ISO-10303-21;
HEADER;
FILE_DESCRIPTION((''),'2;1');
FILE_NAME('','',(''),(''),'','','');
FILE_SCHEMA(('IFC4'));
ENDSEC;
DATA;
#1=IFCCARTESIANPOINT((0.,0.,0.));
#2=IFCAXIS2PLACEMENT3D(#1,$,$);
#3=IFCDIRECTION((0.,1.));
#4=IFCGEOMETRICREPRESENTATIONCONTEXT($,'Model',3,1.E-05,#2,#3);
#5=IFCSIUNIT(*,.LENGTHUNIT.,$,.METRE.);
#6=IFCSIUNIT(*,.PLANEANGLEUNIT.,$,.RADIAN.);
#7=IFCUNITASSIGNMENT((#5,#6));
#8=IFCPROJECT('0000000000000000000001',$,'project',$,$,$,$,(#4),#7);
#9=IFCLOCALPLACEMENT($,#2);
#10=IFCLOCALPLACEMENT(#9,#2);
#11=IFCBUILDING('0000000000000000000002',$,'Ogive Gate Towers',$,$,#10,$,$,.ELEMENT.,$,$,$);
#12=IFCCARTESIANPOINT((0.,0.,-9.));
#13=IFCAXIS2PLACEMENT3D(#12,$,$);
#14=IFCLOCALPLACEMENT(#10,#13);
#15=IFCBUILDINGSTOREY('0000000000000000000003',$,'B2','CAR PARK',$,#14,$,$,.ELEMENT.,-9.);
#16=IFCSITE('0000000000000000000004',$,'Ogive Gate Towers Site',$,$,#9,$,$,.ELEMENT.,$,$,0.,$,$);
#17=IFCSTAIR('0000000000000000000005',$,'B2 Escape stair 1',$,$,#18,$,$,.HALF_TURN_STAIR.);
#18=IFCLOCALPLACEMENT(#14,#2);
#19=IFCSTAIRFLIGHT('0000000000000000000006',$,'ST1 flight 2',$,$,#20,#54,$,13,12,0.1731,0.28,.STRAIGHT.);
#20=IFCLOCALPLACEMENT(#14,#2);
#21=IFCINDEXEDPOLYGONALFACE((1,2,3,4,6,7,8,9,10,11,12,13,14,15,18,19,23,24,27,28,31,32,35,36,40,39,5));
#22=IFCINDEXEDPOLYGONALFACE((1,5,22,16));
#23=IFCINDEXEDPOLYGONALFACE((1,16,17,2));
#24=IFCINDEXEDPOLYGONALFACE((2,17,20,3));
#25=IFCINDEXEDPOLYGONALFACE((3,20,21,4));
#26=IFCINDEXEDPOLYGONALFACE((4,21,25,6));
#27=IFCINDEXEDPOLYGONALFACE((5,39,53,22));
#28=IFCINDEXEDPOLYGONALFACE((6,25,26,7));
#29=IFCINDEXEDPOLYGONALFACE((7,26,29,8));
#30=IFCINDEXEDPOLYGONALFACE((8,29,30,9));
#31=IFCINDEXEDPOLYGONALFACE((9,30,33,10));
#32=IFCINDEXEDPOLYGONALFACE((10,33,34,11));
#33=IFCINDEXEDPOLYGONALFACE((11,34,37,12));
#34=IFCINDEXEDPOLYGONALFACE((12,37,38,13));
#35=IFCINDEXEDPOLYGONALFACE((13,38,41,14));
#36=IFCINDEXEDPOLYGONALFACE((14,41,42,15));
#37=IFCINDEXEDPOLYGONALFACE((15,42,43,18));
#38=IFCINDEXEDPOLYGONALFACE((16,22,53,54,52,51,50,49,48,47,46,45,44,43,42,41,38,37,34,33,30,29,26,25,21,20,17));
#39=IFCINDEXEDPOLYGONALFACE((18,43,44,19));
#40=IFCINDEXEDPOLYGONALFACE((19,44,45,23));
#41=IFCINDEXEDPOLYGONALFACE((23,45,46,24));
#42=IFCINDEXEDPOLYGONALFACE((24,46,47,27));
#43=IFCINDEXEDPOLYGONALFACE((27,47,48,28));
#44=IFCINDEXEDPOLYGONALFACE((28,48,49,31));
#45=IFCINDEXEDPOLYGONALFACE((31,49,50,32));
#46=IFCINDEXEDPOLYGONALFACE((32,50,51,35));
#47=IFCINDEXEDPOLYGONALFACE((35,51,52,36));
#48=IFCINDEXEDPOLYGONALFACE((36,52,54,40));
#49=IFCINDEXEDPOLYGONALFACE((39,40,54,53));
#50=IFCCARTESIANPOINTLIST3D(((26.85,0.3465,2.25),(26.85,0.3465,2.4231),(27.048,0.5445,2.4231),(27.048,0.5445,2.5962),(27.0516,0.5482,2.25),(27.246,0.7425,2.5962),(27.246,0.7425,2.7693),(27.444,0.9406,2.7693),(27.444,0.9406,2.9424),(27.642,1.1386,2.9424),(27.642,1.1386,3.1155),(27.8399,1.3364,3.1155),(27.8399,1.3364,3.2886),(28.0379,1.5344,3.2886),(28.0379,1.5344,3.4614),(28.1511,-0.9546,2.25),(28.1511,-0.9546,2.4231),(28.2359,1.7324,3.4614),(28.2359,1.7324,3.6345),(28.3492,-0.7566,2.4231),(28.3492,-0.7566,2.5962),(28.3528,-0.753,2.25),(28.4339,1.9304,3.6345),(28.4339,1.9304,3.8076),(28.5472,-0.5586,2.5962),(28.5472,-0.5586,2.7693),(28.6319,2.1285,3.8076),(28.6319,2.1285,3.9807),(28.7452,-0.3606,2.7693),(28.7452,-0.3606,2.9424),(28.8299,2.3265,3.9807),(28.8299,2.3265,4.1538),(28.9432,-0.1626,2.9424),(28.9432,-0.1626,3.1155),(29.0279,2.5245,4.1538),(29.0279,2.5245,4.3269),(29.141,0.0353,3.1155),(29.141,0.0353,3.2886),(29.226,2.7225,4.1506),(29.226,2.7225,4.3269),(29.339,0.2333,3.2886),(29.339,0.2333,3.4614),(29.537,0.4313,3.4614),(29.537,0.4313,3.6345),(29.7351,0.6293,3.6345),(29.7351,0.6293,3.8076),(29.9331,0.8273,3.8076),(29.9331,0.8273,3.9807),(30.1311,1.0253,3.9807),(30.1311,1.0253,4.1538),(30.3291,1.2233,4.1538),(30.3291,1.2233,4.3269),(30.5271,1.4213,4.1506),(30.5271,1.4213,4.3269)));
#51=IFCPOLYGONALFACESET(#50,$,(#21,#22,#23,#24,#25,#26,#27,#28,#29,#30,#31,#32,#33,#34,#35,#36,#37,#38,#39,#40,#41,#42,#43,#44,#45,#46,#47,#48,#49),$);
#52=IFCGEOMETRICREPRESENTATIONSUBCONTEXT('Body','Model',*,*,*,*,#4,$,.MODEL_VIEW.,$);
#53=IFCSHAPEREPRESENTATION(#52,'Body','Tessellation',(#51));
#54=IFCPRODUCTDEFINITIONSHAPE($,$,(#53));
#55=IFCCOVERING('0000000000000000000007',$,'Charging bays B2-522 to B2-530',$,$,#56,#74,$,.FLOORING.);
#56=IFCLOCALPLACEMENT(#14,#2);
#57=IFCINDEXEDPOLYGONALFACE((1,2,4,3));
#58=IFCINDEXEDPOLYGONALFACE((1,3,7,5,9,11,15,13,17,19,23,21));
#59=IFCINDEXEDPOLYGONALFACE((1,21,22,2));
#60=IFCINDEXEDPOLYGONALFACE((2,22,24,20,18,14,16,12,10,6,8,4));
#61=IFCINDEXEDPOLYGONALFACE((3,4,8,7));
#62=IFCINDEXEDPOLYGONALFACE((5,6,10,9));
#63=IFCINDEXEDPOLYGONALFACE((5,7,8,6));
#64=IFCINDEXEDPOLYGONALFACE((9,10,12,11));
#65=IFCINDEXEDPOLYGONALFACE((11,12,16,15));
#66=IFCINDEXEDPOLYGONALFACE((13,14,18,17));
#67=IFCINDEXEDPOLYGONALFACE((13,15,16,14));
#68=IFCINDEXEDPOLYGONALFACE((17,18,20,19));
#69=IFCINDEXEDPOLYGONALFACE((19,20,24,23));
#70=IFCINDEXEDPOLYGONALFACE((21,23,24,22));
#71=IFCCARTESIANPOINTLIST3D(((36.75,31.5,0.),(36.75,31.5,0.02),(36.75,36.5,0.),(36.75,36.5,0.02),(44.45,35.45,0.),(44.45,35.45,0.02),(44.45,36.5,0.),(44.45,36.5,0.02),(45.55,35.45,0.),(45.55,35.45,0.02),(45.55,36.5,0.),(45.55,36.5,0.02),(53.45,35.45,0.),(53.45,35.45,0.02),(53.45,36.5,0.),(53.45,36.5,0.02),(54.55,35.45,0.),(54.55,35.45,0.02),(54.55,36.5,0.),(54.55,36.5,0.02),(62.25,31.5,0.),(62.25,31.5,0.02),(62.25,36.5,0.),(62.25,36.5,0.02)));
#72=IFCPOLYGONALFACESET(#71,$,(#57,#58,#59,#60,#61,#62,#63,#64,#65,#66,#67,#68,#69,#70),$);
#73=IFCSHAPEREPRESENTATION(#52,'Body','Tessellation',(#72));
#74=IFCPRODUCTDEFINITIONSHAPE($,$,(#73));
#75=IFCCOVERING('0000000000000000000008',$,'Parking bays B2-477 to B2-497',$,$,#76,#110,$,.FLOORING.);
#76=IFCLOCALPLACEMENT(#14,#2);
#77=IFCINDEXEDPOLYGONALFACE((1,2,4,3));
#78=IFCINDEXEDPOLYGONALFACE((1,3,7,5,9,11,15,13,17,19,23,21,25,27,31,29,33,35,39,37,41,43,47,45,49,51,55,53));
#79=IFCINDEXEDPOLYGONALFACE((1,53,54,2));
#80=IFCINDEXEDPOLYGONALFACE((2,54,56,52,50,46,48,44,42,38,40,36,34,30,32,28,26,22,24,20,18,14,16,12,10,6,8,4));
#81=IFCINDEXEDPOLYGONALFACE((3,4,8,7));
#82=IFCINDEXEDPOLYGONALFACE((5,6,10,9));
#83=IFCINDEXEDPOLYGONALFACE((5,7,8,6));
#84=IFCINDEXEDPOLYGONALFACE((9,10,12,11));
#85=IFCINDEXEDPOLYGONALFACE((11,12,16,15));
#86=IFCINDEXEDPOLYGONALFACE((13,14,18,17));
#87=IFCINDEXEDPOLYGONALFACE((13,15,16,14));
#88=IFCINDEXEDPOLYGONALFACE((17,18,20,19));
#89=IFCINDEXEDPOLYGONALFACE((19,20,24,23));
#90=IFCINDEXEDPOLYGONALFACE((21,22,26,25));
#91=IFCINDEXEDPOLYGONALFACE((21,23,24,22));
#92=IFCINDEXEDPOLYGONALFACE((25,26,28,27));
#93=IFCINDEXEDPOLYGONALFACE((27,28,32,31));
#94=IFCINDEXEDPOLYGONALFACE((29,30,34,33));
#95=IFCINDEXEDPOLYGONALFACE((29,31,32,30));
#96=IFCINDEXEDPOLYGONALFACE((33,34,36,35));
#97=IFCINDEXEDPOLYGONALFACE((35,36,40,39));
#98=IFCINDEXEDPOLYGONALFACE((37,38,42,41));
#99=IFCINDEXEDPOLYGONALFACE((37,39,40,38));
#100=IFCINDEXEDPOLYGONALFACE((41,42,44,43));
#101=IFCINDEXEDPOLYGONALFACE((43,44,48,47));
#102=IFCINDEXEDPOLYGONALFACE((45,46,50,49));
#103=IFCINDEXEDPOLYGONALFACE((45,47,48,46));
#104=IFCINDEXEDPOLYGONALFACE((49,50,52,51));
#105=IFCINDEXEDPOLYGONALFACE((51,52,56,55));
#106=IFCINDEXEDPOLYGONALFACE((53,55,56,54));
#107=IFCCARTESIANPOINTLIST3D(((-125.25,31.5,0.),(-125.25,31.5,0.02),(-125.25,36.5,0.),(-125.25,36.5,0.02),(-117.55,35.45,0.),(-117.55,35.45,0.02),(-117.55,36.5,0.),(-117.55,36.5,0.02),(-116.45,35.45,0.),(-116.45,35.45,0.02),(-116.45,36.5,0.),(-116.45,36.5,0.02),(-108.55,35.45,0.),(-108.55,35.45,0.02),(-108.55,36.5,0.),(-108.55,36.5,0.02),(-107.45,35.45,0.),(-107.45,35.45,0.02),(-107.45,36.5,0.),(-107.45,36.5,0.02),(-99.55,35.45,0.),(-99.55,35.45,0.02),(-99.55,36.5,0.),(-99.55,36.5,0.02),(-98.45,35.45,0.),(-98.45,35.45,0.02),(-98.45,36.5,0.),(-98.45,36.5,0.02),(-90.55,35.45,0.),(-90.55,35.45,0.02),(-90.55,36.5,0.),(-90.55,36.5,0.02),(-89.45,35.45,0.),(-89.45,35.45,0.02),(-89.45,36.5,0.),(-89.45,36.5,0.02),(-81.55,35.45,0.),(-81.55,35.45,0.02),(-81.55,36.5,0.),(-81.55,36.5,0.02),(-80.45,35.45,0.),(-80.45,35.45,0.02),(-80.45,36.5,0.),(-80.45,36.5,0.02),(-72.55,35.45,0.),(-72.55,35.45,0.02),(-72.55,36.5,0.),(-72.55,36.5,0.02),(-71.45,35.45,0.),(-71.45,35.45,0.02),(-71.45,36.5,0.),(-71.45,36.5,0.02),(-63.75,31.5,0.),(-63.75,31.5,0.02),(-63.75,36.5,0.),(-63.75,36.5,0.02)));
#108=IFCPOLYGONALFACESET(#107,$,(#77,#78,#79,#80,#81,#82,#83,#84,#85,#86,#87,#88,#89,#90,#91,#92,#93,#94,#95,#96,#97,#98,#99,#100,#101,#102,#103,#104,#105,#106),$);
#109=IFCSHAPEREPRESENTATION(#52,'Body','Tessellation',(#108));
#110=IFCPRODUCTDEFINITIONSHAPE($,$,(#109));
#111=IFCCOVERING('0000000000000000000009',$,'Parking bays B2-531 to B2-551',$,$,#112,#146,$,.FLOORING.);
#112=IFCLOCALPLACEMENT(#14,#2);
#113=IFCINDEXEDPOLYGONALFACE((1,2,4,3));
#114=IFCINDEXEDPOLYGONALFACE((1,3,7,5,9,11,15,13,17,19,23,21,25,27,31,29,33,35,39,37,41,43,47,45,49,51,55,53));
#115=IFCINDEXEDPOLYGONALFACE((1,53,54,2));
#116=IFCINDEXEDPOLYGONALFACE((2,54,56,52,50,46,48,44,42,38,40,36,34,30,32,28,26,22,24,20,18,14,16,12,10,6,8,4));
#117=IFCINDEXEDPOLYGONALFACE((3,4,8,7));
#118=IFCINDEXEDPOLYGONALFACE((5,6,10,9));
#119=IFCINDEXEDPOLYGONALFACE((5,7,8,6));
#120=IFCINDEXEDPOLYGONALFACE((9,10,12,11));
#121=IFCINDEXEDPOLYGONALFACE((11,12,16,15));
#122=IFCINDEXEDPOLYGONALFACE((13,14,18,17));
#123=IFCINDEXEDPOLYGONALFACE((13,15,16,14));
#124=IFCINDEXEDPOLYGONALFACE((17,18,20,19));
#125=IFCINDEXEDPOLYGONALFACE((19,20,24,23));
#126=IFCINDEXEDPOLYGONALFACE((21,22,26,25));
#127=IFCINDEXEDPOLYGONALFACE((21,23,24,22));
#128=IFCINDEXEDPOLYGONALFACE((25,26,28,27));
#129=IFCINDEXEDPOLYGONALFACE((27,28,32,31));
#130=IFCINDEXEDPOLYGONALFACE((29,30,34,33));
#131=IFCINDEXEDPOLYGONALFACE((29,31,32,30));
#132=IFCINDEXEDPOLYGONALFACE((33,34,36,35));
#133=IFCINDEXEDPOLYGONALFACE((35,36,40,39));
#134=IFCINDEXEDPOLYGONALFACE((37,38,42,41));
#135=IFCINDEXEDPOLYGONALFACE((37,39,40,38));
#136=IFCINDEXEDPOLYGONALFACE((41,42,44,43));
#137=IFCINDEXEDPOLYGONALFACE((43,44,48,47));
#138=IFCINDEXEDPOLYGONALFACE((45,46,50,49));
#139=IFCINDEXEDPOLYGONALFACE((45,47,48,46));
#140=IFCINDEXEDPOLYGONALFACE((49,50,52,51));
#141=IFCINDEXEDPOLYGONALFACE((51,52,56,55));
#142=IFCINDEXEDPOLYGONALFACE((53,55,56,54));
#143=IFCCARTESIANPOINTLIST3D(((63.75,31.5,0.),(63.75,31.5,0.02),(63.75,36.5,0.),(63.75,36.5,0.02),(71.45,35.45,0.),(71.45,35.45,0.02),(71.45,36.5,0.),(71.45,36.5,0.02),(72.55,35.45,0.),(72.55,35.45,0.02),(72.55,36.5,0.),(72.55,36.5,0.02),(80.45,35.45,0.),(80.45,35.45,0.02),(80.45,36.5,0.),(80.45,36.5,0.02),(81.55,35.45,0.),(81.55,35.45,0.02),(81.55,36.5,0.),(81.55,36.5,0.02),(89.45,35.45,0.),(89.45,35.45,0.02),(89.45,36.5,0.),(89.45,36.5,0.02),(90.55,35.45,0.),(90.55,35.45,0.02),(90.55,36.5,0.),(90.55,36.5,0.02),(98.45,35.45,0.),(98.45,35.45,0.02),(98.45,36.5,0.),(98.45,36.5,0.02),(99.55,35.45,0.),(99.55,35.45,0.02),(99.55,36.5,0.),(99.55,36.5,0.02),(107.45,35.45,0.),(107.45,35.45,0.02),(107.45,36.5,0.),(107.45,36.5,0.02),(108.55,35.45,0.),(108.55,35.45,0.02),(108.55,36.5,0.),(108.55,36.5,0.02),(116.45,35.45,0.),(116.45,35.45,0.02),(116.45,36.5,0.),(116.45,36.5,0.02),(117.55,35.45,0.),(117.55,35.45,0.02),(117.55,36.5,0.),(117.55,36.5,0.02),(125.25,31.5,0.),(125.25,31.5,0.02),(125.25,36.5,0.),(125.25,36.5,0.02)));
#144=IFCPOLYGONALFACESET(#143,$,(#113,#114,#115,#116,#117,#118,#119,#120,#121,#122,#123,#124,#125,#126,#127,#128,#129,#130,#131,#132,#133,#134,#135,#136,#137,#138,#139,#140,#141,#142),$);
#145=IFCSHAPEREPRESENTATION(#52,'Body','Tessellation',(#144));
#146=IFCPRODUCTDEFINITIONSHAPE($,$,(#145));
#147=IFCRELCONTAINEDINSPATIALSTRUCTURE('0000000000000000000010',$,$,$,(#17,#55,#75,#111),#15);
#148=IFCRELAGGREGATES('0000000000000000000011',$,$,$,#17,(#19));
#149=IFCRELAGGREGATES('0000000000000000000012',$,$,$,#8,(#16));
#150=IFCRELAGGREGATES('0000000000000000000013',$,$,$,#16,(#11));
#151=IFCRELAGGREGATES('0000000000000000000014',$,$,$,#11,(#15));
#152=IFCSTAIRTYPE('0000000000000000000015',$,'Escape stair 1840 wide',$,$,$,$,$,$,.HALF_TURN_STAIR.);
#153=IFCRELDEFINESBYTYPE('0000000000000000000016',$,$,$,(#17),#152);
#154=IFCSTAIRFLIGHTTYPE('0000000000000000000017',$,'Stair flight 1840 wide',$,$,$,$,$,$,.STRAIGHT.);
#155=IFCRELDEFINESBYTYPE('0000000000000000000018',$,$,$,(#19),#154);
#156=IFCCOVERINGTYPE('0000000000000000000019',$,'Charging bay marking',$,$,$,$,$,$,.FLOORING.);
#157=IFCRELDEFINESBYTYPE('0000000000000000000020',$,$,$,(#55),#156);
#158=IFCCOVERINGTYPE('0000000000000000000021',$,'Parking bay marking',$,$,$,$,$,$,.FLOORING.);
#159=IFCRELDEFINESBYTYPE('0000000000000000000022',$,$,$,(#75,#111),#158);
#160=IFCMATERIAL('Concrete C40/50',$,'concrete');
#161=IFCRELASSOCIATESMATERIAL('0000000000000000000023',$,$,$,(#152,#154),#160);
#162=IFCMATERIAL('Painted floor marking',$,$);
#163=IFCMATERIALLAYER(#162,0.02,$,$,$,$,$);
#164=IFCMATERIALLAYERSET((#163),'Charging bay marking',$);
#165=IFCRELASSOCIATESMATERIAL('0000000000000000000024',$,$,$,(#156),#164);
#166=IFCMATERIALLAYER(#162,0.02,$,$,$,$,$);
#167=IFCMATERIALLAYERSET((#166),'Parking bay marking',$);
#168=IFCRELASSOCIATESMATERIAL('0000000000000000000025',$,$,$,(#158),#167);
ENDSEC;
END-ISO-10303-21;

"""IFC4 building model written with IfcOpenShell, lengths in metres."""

from ifc_helpers import new_model, si_unit, direction, frame, origin, place, context, subcontext, project, spatial, polyline, outline, extrude, material, layer, layer_set, type_object, element, aggregate, save


model = new_model("IFC4")

# Units and contexts
model_context = context("Model", 3, precision=1e-05, world=origin(), true_north=direction((0.0, 1.0)))
body_context = subcontext(model_context, "Body", "Model", "MODEL_VIEW")
ifc_project = project(units=[si_unit("LENGTHUNIT", "METRE"), si_unit("PLANEANGLEUNIT", "RADIAN")], contexts=[model_context])

# Site, building, storey
site_placement = place(None, origin())
site = spatial("IfcSite", under=ifc_project, at=site_placement, Name="Ogive Gate Towers Site", CompositionType="ELEMENT", RefElevation=0.0)
building_placement = place(site_placement, origin())
building = spatial("IfcBuilding", under=site, at=building_placement, Name="Ogive Gate Towers", CompositionType="ELEMENT")
storey_placement = place(building_placement, frame((0.0, 0.0, -9.0)))
storey = spatial("IfcBuildingStorey", under=building, at=storey_placement, Name="B2", Description="CAR PARK", CompositionType="ELEMENT", Elevation=-9.0)

# Shared definitions
ifc_material_1 = material(Name="Concrete C40/50", Category="concrete")

# Stair, stair flight
stair_type = type_object("IfcStairType", Name="Escape stair 1840 wide", PredefinedType="HALF_TURN_STAIR", material=ifc_material_1)
stair_placement = place(storey_placement, origin())
stair = element("IfcStair", 1, at=stair_placement, inside=storey, type_object=stair_type, Name="B2 Escape stair 1", PredefinedType="HALF_TURN_STAIR")
stair_flight_type = type_object("IfcStairFlightType", Name="Stair flight 1840 wide", PredefinedType="STRAIGHT", material=ifc_material_1)
stair_flight_placement = place(storey_placement, frame((27.5005, -0.304, 2.25), z_axis=(0.0, 0.0, 1.0), x_axis=(0.707107, 0.707107, 0.0)))
stair_flight = element("IfcStairFlight", 2, at=stair_flight_placement, type_object=stair_flight_type, Name="ST1 flight 2", NumberOfRisers=13, NumberOfTreads=12, PredefinedType="STRAIGHT", RiserHeight=0.1731, TreadLength=0.28, context=body_context, shape_type="SweptSolid", body=[
    extrude(outline(polyline([(0.0, 0.0), (0.0, 0.1731), (0.28, 0.1731), (0.28, 0.3462), (0.5601, 0.3462), (0.5601, 0.5193), (0.8401, 0.5193), (0.8401, 0.6924), (1.1201, 0.6924), (1.1201, 0.8655), (1.3999, 0.8655), (1.3999, 1.0386), (1.6799, 1.0386), (1.6799, 1.2114), (1.96, 1.2114), (1.96, 1.3845), (2.24, 1.3845), (2.24, 1.5576), (2.52, 1.5576), (2.52, 1.7307), (2.8, 1.7307), (2.8, 1.9038), (3.0801, 1.9038), (3.0801, 2.0769), (3.3601, 2.0769), (3.3601, 2.25), (3.3601, 1.9006), (0.2852, 0.0), (0.0, 0.0)])), frame((0.0, 0.9199, 0.0), z_axis=(0.0, -1.0, 0.0), x_axis=(1.0, 0.0, 0.0)), (0.0, 0.0, 1.0), 1.8401),
])
aggregate(stair, [stair_flight])

# Coverings
ifc_material_2 = material(Name="Painted floor marking")
ifc_layer_1 = layer(ifc_material_2, 0.02)
ifc_layer_set_1 = layer_set([ifc_layer_1], Name="Charging bay marking")
covering_type_1 = type_object("IfcCoveringType", Name="Charging bay marking", PredefinedType="FLOORING", material=ifc_layer_set_1)
covering_1_placement = place(storey_placement, origin())
element("IfcCovering", 3, at=covering_1_placement, inside=storey, type_object=covering_type_1, Name="Charging bays B2-522 to B2-530", PredefinedType="FLOORING", context=body_context, shape_type="SweptSolid", body=[
    extrude(outline(polyline([(36.75, 36.5), (44.45, 36.5), (44.45, 35.45), (45.55, 35.45), (45.55, 36.5), (53.45, 36.5), (53.45, 35.45), (54.55, 35.45), (54.55, 36.5), (62.25, 36.5), (62.25, 31.5), (36.75, 31.5), (36.75, 36.5)])), origin(), (0.0, 0.0, 1.0), 0.02),
])
ifc_layer_2 = layer(ifc_material_2, 0.02)
ifc_layer_set_2 = layer_set([ifc_layer_2], Name="Parking bay marking")
covering_type_2 = type_object("IfcCoveringType", Name="Parking bay marking", PredefinedType="FLOORING", material=ifc_layer_set_2)
covering_2_placement = place(storey_placement, origin())
element("IfcCovering", 4, at=covering_2_placement, inside=storey, type_object=covering_type_2, Name="Parking bays B2-477 to B2-497", PredefinedType="FLOORING", context=body_context, shape_type="SweptSolid", body=[
    extrude(outline(polyline([(-125.25, 36.5), (-117.55, 36.5), (-117.55, 35.45), (-116.45, 35.45), (-116.45, 36.5), (-108.55, 36.5), (-108.55, 35.45), (-107.45, 35.45), (-107.45, 36.5), (-99.55, 36.5), (-99.55, 35.45), (-98.45, 35.45), (-98.45, 36.5), (-90.55, 36.5), (-90.55, 35.45), (-89.45, 35.45), (-89.45, 36.5), (-81.55, 36.5), (-81.55, 35.45), (-80.45, 35.45), (-80.45, 36.5), (-72.55, 36.5), (-72.55, 35.45), (-71.45, 35.45), (-71.45, 36.5), (-63.75, 36.5), (-63.75, 31.5), (-125.25, 31.5), (-125.25, 36.5)])), origin(), (0.0, 0.0, 1.0), 0.02),
])
covering_3_placement = place(storey_placement, origin())
element("IfcCovering", 5, at=covering_3_placement, inside=storey, type_object=covering_type_2, Name="Parking bays B2-531 to B2-551", PredefinedType="FLOORING", context=body_context, shape_type="SweptSolid", body=[
    extrude(outline(polyline([(63.75, 36.5), (71.45, 36.5), (71.45, 35.45), (72.55, 35.45), (72.55, 36.5), (80.45, 36.5), (80.45, 35.45), (81.55, 35.45), (81.55, 36.5), (89.45, 36.5), (89.45, 35.45), (90.55, 35.45), (90.55, 36.5), (98.45, 36.5), (98.45, 35.45), (99.55, 35.45), (99.55, 36.5), (107.45, 36.5), (107.45, 35.45), (108.55, 35.45), (108.55, 36.5), (116.45, 36.5), (116.45, 35.45), (117.55, 35.45), (117.55, 36.5), (125.25, 36.5), (125.25, 31.5), (63.75, 31.5), (63.75, 36.5)])), origin(), (0.0, 0.0, 1.0), 0.02),
])

save(model, "model.ifc")
